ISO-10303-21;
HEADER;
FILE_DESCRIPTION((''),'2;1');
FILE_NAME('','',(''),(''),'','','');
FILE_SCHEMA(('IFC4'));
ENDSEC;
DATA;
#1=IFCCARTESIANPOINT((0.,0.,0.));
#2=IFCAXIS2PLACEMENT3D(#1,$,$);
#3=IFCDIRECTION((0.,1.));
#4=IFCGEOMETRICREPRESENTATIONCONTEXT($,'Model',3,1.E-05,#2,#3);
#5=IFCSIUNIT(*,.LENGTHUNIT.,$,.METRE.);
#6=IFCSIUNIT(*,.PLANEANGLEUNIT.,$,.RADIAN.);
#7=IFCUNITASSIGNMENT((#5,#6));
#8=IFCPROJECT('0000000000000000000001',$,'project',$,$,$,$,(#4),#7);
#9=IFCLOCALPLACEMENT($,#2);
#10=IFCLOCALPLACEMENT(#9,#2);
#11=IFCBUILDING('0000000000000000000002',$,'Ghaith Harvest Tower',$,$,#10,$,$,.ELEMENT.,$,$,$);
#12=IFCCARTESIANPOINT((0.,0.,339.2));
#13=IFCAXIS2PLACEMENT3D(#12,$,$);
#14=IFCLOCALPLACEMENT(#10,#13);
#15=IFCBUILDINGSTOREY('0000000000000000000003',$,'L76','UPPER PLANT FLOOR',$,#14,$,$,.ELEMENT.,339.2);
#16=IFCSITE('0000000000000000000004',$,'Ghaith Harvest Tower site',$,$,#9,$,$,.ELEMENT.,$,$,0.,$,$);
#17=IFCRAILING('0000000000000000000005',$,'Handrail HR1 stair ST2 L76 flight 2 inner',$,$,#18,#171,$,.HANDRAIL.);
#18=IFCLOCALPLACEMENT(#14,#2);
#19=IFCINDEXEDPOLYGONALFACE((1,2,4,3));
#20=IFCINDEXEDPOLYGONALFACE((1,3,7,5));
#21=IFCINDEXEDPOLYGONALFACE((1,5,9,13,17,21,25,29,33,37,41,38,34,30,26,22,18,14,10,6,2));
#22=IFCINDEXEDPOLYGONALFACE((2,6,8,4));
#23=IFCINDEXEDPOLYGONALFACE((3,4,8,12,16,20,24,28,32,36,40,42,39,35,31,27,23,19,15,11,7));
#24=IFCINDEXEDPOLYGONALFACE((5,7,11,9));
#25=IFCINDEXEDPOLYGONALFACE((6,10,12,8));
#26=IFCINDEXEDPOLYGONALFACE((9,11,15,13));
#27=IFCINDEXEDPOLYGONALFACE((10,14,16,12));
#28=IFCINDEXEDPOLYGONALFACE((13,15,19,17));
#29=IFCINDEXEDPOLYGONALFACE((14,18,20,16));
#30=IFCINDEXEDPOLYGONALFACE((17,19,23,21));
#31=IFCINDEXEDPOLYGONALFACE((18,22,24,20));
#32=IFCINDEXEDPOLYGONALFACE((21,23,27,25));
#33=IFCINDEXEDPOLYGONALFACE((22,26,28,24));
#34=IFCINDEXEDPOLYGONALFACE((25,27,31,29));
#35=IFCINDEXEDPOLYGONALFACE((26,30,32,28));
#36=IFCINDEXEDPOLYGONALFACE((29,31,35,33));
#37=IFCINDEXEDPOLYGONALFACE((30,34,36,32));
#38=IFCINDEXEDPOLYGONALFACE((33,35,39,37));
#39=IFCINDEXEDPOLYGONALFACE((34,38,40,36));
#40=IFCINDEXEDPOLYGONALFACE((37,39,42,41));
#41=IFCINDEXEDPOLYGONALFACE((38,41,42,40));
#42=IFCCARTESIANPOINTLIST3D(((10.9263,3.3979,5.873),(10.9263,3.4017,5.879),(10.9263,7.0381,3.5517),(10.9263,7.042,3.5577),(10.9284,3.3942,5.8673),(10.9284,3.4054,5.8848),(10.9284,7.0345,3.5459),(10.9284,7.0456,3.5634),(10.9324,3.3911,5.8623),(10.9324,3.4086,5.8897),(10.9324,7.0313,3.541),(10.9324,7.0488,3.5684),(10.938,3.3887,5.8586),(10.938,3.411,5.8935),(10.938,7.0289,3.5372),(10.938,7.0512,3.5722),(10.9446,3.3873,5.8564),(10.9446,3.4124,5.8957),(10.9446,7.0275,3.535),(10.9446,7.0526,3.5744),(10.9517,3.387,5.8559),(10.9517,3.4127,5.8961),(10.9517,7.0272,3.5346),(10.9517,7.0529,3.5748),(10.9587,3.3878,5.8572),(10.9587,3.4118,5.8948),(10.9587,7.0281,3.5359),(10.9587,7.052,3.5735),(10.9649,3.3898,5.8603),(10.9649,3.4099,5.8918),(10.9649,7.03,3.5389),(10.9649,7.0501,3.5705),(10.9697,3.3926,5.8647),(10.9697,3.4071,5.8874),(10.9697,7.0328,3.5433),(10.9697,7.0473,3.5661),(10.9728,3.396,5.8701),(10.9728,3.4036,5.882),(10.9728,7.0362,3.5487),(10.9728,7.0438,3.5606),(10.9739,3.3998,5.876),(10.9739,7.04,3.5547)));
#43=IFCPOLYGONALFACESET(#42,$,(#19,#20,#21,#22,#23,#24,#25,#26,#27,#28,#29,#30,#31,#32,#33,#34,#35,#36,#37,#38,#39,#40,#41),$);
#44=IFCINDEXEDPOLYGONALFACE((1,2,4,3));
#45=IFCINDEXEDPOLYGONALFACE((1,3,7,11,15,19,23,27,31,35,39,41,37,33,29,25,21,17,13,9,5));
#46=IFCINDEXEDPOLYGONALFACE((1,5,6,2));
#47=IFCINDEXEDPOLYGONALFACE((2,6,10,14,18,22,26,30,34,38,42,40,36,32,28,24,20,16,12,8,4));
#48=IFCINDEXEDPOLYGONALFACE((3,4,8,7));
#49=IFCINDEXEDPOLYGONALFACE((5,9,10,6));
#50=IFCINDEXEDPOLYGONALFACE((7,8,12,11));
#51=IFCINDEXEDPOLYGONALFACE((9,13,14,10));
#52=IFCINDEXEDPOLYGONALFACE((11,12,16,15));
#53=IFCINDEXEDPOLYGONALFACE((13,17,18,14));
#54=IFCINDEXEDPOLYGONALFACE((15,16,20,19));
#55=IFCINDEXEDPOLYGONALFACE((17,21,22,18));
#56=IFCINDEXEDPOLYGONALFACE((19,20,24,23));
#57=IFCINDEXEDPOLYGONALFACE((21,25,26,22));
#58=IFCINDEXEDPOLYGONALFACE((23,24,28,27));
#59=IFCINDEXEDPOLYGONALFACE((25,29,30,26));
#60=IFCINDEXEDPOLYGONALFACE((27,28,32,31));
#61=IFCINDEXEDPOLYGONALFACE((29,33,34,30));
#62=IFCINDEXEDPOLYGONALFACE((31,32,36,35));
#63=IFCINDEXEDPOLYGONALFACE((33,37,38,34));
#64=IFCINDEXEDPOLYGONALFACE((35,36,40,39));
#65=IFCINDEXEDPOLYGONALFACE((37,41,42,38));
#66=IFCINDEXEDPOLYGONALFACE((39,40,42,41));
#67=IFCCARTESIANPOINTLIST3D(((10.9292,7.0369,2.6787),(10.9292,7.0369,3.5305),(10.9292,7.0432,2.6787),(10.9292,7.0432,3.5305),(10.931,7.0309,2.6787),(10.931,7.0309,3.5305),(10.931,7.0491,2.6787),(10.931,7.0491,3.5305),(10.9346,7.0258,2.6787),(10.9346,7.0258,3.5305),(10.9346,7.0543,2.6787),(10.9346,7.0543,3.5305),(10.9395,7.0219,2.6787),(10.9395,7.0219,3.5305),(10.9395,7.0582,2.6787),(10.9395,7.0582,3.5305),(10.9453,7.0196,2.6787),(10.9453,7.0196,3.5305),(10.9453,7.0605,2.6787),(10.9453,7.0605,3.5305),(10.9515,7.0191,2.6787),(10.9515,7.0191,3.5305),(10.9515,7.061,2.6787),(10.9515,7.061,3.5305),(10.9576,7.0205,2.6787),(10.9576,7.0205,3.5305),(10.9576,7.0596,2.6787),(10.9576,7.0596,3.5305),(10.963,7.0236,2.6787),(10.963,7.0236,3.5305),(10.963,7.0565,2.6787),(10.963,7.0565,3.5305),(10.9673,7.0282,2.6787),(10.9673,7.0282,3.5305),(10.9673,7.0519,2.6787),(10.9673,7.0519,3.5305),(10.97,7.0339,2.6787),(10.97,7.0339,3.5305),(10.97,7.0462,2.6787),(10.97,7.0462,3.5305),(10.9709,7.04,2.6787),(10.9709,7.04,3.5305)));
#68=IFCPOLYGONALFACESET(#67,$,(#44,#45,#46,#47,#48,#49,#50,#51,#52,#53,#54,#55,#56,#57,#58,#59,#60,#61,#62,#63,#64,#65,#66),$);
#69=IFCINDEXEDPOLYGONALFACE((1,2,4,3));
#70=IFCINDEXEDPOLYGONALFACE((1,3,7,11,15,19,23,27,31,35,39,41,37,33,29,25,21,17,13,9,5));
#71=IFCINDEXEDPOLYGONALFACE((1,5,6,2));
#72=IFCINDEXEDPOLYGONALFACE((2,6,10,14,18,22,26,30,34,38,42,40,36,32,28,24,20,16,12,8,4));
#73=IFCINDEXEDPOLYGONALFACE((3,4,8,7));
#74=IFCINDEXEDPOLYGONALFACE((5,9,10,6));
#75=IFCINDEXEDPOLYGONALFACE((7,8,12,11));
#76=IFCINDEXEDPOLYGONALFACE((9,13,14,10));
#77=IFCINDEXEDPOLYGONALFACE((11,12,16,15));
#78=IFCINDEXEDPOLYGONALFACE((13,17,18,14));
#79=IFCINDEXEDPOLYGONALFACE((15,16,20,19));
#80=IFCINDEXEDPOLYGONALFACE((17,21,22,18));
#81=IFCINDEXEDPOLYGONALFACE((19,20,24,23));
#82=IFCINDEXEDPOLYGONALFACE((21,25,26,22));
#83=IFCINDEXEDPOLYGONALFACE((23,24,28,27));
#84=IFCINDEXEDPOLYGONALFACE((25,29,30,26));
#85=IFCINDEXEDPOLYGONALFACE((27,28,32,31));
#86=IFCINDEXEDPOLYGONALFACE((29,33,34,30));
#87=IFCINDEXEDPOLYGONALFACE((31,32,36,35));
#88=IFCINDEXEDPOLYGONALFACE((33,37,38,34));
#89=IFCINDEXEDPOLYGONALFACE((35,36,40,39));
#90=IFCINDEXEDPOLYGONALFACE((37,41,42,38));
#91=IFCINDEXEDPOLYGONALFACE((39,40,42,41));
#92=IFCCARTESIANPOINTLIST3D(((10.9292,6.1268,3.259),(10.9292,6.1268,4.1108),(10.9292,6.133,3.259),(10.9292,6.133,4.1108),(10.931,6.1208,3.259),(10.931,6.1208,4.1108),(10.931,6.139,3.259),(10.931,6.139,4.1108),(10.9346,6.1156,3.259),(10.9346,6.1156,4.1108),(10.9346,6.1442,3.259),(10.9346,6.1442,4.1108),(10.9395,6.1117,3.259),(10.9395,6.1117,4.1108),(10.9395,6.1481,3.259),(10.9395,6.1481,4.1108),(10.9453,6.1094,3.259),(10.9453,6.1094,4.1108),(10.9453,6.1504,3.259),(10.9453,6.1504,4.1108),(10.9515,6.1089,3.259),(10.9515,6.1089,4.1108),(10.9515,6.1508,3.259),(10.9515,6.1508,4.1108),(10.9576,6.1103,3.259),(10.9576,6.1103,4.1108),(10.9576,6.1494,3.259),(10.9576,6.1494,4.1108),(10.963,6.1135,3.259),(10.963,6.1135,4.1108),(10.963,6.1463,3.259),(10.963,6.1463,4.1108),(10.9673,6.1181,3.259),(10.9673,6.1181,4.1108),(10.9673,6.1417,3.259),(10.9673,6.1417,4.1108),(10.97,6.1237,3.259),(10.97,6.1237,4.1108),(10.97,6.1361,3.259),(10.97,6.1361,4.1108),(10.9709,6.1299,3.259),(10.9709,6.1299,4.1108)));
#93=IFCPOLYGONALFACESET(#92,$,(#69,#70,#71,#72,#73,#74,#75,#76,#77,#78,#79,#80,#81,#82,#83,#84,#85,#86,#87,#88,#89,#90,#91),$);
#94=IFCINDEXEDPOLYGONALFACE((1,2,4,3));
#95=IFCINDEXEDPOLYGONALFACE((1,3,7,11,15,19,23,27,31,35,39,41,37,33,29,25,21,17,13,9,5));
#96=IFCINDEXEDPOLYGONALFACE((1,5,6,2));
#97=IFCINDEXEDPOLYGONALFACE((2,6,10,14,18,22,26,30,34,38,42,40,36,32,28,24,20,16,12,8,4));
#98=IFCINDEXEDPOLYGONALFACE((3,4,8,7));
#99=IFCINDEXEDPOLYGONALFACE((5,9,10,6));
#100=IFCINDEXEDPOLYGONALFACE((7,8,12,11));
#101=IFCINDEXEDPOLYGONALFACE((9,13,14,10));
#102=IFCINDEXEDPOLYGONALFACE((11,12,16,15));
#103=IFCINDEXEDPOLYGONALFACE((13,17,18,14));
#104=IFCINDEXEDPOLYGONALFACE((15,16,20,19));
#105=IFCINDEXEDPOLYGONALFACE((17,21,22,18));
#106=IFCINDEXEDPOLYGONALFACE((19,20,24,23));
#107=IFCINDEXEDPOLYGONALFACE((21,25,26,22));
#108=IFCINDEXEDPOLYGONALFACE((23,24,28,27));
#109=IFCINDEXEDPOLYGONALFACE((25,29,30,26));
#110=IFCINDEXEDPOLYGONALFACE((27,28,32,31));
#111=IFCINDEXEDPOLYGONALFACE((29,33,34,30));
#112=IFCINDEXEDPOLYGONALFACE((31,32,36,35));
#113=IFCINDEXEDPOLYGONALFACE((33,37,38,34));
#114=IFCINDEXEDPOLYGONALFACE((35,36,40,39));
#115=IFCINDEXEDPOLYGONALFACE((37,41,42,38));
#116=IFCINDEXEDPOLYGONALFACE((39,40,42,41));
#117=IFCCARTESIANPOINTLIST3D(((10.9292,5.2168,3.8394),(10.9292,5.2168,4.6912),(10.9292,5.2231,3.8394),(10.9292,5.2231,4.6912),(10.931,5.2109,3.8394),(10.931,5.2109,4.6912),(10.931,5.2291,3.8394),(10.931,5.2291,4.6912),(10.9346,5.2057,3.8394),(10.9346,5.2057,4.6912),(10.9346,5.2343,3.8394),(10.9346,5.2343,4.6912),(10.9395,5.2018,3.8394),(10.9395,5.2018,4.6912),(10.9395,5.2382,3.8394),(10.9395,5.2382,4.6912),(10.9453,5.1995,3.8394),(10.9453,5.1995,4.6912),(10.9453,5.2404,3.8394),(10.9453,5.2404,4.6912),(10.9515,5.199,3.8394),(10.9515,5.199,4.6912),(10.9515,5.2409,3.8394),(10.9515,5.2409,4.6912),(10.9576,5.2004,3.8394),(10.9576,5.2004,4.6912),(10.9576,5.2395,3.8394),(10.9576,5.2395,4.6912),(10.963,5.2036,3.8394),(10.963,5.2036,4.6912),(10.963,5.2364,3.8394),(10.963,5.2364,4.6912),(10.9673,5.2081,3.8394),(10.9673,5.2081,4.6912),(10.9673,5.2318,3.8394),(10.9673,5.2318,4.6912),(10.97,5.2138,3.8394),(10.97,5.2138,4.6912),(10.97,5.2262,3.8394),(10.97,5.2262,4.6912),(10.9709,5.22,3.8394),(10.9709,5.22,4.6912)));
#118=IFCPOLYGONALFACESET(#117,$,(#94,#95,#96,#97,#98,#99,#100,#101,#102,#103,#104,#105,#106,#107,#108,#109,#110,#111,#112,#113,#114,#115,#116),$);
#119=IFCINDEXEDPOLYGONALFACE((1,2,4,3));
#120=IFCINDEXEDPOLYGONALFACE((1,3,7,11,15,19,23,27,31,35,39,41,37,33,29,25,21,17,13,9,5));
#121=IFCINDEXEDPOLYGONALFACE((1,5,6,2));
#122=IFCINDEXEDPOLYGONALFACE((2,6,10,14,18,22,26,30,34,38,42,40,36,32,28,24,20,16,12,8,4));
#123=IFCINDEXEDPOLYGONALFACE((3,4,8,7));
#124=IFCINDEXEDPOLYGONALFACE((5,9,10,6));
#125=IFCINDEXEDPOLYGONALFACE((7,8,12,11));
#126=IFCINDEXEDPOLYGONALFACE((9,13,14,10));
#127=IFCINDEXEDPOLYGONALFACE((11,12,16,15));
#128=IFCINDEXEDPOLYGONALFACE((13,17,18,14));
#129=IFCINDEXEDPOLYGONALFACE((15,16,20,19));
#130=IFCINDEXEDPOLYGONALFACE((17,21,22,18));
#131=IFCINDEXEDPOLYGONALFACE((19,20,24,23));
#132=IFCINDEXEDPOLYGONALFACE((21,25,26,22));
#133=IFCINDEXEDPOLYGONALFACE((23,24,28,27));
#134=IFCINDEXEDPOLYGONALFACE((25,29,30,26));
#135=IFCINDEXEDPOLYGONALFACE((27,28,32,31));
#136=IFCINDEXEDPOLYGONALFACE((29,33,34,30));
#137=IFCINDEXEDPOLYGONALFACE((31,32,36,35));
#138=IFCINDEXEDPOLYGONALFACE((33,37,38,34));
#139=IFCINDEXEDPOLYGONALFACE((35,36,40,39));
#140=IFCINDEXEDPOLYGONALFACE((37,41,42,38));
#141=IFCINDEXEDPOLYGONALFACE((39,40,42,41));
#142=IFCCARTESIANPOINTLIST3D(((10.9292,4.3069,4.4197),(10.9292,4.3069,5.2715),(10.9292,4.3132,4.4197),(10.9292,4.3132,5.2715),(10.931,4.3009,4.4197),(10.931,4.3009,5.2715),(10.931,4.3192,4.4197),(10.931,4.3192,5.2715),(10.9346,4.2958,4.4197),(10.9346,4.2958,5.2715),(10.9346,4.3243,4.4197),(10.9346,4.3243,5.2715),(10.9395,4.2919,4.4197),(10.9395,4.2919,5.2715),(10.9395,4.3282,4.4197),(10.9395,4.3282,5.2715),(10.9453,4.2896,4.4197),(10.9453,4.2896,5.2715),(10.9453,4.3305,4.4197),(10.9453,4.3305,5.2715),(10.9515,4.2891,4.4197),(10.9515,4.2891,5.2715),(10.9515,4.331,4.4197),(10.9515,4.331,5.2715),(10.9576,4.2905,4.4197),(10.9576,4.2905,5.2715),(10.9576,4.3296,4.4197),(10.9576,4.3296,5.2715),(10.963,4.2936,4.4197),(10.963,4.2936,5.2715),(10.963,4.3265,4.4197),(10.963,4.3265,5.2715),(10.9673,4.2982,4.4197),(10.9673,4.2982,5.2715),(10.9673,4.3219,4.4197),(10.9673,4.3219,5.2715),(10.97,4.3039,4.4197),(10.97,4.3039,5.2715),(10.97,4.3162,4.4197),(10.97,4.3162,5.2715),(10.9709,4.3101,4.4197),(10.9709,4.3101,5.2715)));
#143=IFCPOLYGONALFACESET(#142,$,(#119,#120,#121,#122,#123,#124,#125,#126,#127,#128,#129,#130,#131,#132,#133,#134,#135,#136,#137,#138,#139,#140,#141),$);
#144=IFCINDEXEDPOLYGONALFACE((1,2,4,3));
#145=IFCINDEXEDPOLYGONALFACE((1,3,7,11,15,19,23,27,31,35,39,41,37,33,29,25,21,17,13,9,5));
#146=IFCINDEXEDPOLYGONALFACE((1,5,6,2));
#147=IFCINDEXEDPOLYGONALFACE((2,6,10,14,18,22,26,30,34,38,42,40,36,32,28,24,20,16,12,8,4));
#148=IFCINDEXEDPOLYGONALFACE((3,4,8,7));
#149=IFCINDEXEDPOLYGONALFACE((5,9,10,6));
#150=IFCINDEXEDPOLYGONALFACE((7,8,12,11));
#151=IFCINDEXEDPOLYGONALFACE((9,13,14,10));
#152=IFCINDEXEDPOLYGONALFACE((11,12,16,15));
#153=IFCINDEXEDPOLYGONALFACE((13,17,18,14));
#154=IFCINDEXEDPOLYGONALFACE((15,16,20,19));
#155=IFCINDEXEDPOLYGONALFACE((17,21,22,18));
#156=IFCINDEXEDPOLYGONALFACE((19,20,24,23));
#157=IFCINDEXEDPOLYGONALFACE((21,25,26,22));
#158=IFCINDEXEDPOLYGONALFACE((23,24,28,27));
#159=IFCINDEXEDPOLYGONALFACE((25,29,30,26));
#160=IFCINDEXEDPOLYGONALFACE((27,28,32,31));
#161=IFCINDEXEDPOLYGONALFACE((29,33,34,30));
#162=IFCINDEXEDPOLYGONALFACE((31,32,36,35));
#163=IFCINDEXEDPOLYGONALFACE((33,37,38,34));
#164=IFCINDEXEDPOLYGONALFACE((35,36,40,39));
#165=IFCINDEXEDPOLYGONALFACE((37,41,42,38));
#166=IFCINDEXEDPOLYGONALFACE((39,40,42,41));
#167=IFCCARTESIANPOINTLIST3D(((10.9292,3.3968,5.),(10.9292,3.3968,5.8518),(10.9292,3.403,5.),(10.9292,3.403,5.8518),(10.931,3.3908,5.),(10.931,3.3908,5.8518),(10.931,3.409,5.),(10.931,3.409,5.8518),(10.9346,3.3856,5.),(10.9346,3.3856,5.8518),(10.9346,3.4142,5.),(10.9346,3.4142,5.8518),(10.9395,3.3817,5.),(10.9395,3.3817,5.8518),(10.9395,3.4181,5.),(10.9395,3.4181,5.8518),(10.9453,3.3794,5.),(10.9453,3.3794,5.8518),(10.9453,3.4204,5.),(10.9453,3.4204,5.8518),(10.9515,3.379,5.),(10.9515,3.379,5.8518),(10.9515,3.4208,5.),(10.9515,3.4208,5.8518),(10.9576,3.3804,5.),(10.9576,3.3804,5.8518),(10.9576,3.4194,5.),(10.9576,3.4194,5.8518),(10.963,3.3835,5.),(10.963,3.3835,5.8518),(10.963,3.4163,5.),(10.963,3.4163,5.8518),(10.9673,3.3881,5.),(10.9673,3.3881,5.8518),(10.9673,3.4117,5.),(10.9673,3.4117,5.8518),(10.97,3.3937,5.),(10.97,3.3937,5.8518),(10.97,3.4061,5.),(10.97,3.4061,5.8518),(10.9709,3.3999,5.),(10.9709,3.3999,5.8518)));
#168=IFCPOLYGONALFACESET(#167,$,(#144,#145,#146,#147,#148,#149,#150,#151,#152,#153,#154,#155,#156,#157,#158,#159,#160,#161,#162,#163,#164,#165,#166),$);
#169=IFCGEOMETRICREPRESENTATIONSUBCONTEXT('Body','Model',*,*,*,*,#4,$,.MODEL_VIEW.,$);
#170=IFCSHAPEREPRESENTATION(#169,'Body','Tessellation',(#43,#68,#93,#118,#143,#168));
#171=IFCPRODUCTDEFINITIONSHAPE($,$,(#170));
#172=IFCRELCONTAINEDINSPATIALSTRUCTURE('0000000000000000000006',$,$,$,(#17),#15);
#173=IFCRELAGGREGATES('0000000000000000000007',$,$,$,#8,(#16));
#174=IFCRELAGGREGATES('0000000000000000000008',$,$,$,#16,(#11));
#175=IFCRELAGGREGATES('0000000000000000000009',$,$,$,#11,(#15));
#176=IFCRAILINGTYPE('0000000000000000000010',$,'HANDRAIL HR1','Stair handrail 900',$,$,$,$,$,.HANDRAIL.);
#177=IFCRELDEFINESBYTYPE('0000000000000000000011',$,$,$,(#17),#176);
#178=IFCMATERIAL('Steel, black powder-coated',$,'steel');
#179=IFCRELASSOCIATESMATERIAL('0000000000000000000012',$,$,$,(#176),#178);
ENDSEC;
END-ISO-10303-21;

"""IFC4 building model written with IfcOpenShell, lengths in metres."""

from ifc_helpers import new_model, si_unit, direction, frame, origin, origin_2d, place, context, subcontext, project, spatial, circle, extrude, material, type_object, element, save


model = new_model("IFC4")

# Units and contexts
model_context = context("Model", 3, precision=1e-05, world=origin(), true_north=direction((0.0, 1.0)))
body_context = subcontext(model_context, "Body", "Model", "MODEL_VIEW")
ifc_project = project(units=[si_unit("LENGTHUNIT", "METRE"), si_unit("PLANEANGLEUNIT", "RADIAN")], contexts=[model_context])

# Site, building, storey
site_placement = place(None, origin())
site = spatial("IfcSite", under=ifc_project, at=site_placement, Name="Ghaith Harvest Tower site", CompositionType="ELEMENT", RefElevation=0.0)
building_placement = place(site_placement, origin())
building = spatial("IfcBuilding", under=site, at=building_placement, Name="Ghaith Harvest Tower", CompositionType="ELEMENT")
storey_placement = place(building_placement, frame((0.0, 0.0, 339.2)))
storey = spatial("IfcBuildingStorey", under=building, at=storey_placement, Name="L76", Description="UPPER PLANT FLOOR", CompositionType="ELEMENT", Elevation=339.2)

# Railing
ifc_material_1 = material(Name="Steel, black powder-coated", Category="steel")
railing_type = type_object("IfcRailingType", Name="HANDRAIL HR1", Description="Stair handrail 900", PredefinedType="HANDRAIL", material=ifc_material_1)
railing_1_placement = place(storey_placement, frame((10.95, 7.04, 2.6787)))
element("IfcRailing", 1, at=railing_1_placement, inside=storey, type_object=railing_type, Name="Handrail HR1 stair ST2 L76 flight 2 inner", PredefinedType="HANDRAIL", context=body_context, shape_type="SweptSolid", body=[
    extrude(circle(Radius=0.0239, at=origin_2d()), frame((0.0, 0.0, 0.876), z_axis=(0.0, -0.843153, 0.537673), x_axis=(1.0, 0.0, 0.0)), (0.0, 0.0, 1.0), 4.3174),
    extrude(circle(Radius=0.021, at=origin_2d()), origin(), (0.0, 0.0, 1.0), 0.8518),
    extrude(circle(Radius=0.021, at=origin_2d()), frame((0.0, -0.9102, 0.5803)), (0.0, 0.0, 1.0), 0.8518),
    extrude(circle(Radius=0.021, at=origin_2d()), frame((0.0, -1.8201, 1.1606)), (0.0, 0.0, 1.0), 0.8518),
    extrude(circle(Radius=0.021, at=origin_2d()), frame((0.0, -2.73, 1.741)), (0.0, 0.0, 1.0), 0.8518),
    extrude(circle(Radius=0.021, at=origin_2d()), frame((0.0, -3.6401, 2.3213)), (0.0, 0.0, 1.0), 0.8518),
])

save(model, "model.ifc")
